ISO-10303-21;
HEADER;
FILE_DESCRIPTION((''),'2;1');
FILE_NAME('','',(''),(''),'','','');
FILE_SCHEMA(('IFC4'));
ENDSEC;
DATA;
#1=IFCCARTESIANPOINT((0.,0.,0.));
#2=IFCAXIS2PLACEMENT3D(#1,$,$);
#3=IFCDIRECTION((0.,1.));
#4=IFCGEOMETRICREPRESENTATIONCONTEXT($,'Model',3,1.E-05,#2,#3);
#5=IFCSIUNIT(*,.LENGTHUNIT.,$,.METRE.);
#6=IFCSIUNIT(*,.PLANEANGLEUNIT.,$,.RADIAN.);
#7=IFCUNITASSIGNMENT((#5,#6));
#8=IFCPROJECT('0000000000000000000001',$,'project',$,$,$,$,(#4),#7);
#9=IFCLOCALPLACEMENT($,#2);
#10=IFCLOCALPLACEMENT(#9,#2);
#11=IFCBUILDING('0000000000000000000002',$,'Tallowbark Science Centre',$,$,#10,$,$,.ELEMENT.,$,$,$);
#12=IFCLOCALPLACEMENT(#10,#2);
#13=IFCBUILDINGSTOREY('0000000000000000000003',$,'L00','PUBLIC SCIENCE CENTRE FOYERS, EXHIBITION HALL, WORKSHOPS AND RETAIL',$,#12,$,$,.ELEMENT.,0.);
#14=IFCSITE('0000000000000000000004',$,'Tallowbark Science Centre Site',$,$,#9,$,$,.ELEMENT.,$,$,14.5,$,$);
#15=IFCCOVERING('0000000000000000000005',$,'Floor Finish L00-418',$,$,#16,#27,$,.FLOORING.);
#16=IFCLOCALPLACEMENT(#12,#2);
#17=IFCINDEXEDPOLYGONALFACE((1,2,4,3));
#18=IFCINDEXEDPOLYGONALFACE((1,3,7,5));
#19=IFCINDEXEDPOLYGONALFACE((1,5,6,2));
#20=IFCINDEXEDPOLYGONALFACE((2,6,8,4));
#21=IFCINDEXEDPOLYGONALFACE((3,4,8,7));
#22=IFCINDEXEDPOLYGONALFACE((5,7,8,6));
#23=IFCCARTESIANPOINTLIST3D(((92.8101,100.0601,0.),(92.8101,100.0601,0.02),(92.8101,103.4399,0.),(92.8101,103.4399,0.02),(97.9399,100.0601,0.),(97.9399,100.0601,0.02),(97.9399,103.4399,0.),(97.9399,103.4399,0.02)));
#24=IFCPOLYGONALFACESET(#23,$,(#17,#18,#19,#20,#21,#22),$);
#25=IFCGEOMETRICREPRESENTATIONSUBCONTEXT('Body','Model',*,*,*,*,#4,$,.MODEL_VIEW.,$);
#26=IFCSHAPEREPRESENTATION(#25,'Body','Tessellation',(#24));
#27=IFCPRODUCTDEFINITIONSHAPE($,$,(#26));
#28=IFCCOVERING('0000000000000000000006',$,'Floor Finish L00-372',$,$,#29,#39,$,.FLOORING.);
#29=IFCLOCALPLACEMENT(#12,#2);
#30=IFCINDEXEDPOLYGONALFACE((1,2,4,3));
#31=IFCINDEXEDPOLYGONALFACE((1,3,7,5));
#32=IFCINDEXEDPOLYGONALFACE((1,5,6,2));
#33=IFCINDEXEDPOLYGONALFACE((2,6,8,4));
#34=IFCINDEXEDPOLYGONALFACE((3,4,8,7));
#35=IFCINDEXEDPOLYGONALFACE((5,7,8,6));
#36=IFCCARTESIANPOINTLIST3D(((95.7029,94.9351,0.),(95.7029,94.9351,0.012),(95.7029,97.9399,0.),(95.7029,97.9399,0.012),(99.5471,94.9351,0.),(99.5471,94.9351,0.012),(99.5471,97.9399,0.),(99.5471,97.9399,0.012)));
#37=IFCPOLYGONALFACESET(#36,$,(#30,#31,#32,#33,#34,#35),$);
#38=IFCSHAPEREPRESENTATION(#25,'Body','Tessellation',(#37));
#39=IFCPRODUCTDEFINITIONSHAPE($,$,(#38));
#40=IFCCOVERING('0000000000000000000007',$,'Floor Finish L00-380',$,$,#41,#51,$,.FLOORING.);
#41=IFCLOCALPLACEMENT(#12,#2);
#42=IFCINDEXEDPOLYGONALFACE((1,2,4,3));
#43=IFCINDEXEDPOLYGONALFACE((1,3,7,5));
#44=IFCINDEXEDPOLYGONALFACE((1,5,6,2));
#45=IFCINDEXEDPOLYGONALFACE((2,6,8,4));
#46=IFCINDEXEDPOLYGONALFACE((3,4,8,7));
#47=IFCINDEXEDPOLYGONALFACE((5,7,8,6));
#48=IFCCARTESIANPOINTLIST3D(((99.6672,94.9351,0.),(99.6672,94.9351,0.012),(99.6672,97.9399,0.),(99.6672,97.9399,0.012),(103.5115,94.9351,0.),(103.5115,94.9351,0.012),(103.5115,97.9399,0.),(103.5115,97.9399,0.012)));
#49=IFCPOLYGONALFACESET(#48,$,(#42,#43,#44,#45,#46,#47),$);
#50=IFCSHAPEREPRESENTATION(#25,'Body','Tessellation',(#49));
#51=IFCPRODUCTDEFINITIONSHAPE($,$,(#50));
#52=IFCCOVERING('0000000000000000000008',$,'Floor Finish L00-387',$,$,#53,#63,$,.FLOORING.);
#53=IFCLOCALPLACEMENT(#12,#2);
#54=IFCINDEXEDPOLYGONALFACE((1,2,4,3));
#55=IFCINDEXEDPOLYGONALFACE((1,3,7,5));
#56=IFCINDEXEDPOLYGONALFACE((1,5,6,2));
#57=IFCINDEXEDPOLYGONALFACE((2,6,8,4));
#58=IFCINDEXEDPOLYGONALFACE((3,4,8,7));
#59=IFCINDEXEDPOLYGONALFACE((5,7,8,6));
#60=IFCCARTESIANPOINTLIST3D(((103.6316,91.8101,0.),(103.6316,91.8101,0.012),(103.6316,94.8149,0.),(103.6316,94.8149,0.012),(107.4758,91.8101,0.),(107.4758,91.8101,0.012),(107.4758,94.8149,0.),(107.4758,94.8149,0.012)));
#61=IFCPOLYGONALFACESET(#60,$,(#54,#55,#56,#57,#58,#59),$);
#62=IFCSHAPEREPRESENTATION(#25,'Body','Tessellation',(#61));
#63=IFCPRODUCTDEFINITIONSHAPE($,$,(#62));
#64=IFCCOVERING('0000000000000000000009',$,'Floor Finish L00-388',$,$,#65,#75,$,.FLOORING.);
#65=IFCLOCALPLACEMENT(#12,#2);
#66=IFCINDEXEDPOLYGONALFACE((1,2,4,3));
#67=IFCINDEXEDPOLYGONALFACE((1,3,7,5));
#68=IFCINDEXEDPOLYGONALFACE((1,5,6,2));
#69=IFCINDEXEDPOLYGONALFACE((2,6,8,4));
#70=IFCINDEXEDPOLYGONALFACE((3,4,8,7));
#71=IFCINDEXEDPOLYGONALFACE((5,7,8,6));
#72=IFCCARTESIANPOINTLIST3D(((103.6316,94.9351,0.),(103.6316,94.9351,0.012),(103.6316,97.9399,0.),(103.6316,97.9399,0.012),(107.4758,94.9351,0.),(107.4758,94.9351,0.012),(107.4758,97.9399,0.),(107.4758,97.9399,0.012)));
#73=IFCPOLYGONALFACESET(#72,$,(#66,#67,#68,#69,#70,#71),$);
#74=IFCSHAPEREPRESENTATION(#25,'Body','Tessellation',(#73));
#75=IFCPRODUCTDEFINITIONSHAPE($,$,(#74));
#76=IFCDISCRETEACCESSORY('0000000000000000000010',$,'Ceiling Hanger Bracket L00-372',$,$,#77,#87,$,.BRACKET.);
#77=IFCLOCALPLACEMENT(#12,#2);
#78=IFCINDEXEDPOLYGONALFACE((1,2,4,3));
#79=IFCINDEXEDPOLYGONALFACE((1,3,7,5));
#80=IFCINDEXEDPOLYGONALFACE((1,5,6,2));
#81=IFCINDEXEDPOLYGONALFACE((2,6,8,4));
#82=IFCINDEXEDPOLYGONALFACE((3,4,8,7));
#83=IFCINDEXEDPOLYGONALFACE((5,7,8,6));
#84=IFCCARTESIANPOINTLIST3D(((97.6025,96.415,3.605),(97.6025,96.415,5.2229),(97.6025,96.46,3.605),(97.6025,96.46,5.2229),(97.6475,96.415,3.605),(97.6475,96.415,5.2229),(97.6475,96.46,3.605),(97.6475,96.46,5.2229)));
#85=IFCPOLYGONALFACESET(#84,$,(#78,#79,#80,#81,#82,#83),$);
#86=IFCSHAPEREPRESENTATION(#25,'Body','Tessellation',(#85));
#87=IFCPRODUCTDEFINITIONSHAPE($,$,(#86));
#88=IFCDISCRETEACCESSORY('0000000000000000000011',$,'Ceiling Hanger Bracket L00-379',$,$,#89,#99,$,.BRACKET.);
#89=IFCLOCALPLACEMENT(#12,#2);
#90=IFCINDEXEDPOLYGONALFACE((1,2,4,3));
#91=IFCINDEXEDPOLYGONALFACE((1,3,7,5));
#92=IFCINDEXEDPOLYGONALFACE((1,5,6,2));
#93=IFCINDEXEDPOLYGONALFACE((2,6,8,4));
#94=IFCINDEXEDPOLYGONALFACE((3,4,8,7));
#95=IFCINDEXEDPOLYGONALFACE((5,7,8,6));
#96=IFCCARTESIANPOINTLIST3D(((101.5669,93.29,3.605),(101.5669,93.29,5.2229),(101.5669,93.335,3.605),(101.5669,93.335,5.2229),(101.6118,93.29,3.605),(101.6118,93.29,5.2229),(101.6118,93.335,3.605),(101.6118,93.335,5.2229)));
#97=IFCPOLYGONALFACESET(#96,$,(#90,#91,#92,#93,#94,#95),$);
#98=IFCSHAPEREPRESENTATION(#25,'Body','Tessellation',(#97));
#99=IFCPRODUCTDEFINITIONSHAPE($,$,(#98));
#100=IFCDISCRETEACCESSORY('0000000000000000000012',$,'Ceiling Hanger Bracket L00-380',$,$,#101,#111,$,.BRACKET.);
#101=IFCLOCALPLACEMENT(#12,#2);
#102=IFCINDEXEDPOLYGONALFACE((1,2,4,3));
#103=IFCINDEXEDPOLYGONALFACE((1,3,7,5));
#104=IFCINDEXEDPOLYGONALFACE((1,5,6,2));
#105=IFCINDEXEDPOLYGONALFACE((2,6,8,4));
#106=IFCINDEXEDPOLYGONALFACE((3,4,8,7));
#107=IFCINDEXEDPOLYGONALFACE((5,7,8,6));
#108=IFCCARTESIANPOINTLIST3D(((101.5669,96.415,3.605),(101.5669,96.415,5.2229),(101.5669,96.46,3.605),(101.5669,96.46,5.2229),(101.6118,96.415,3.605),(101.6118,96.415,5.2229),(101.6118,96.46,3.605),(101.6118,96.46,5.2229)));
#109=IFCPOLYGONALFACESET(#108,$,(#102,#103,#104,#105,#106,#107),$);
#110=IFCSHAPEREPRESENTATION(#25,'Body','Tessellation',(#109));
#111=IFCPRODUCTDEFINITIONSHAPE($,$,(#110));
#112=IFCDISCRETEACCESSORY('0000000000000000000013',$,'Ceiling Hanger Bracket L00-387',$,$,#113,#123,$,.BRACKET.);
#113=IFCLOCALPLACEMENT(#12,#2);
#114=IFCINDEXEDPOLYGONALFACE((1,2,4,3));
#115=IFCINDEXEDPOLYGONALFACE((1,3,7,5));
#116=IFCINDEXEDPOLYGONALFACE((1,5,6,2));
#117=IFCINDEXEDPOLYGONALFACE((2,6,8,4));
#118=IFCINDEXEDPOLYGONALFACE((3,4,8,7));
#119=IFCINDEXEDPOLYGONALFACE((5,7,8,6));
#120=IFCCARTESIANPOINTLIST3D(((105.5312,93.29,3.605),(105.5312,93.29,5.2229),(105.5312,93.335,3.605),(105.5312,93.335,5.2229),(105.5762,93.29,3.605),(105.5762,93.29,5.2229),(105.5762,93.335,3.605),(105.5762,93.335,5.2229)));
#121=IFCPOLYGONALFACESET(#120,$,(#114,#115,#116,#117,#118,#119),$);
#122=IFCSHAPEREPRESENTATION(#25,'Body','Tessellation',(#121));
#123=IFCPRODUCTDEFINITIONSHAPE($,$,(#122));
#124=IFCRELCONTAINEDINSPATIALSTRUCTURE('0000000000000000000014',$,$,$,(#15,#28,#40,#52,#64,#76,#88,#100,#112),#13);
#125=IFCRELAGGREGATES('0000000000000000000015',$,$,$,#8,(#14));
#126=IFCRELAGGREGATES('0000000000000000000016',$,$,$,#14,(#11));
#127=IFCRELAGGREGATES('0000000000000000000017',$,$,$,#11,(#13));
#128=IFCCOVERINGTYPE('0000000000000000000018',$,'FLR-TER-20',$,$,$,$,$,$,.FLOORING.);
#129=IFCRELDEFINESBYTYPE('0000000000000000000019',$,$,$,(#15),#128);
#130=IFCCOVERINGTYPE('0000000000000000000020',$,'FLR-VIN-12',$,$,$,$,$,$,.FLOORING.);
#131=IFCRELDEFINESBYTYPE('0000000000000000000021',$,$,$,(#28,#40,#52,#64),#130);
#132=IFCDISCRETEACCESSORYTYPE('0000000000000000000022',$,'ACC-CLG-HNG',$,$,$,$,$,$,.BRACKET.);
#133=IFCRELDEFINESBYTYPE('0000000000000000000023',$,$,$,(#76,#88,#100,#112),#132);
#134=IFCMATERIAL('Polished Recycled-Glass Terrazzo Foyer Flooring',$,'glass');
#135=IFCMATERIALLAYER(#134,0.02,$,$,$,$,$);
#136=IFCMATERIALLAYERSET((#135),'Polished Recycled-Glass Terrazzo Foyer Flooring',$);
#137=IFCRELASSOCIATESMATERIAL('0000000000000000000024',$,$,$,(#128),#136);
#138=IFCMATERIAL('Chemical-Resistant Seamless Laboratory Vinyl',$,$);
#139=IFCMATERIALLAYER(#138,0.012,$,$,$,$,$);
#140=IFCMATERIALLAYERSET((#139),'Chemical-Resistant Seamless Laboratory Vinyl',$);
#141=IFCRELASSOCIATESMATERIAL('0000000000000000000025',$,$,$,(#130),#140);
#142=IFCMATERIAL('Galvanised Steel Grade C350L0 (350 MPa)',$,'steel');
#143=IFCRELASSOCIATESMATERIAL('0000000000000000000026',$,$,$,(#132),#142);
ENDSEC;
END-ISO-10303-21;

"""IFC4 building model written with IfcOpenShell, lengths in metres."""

from ifc_helpers import new_model, si_unit, direction, frame, origin, origin_2d, place, context, subcontext, project, spatial, rectangle, extrude, material, layer, layer_set, type_object, element, save


model = new_model("IFC4")

# Units and contexts
model_context = context("Model", 3, precision=1e-05, world=origin(), true_north=direction((0.0, 1.0)))
body_context = subcontext(model_context, "Body", "Model", "MODEL_VIEW")
ifc_project = project(units=[si_unit("LENGTHUNIT", "METRE"), si_unit("PLANEANGLEUNIT", "RADIAN")], contexts=[model_context])

# Site, building, storey
site_placement = place(None, origin())
site = spatial("IfcSite", under=ifc_project, at=site_placement, Name="Tallowbark Science Centre Site", CompositionType="ELEMENT", RefElevation=14.5)
building_placement = place(site_placement, origin())
building = spatial("IfcBuilding", under=site, at=building_placement, Name="Tallowbark Science Centre", CompositionType="ELEMENT")
storey_placement = place(building_placement, origin())
storey = spatial("IfcBuildingStorey", under=building, at=storey_placement, Name="L00", Description="PUBLIC SCIENCE CENTRE FOYERS, EXHIBITION HALL, WORKSHOPS AND RETAIL", CompositionType="ELEMENT", Elevation=0.0)

# Coverings
ifc_material_1 = material(Name="Polished Recycled-Glass Terrazzo Foyer Flooring", Category="glass")
ifc_layer_1 = layer(ifc_material_1, 0.02)
ifc_layer_set_1 = layer_set([ifc_layer_1], Name="Polished Recycled-Glass Terrazzo Foyer Flooring")
covering_type_1 = type_object("IfcCoveringType", Name="FLR-TER-20", PredefinedType="FLOORING", material=ifc_layer_set_1)
covering_placement = place(storey_placement, frame((95.375, 101.75, 0.0), z_axis=(0.0, 0.0, 1.0), x_axis=(1.0, 0.0, 0.0)))
element("IfcCovering", 1, at=covering_placement, inside=storey, type_object=covering_type_1, Name="Floor Finish L00-418", PredefinedType="FLOORING", context=body_context, shape_type="SweptSolid", body=[
    extrude(rectangle(XDim=5.1299, YDim=3.3799, at=origin_2d()), origin(), (0.0, 0.0, 1.0), 0.02),
])
ifc_material_2 = material(Name="Chemical-Resistant Seamless Laboratory Vinyl")
ifc_layer_2 = layer(ifc_material_2, 0.012)
ifc_layer_set_2 = layer_set([ifc_layer_2], Name="Chemical-Resistant Seamless Laboratory Vinyl")
covering_type_2 = type_object("IfcCoveringType", Name="FLR-VIN-12", PredefinedType="FLOORING", material=ifc_layer_set_2)
for number, where, z_axis, x_axis, name in (
    (2, (97.625, 96.4375, 0.0), (0.0, 0.0, 1.0), (1.0, 0.0, 0.0), "Floor Finish L00-372"),
    (3, (101.5894, 96.4375, 0.0), (0.0, 0.0, 1.0), (1.0, 0.0, 0.0), "Floor Finish L00-380"),
    (4, (105.5537, 93.3125, 0.0), (0.0, 0.0, 1.0), (1.0, 0.0, 0.0), "Floor Finish L00-387"),
    (5, (105.5537, 96.4375, 0.0), (0.0, 0.0, 1.0), (1.0, 0.0, 0.0), "Floor Finish L00-388"),
):
    element("IfcCovering", number, at=place(storey_placement, frame(where, z_axis=z_axis, x_axis=x_axis)), inside=storey, type_object=covering_type_2, Name=name, PredefinedType="FLOORING", context=body_context, shape_type="SweptSolid", body=[
        extrude(rectangle(XDim=3.8442, YDim=3.0049, at=origin_2d()), origin(), (0.0, 0.0, 1.0), 0.012),
    ])

# Discrete accessories
ifc_material_3 = material(Name="Galvanised Steel Grade C350L0 (350 MPa)", Category="steel")
discrete_accessory_type = type_object("IfcDiscreteAccessoryType", Name="ACC-CLG-HNG", PredefinedType="BRACKET", material=ifc_material_3)
for number, where, z_axis, x_axis, name in (
    (6, (97.625, 96.4375, 3.605), (0.0, 0.0, 1.0), (1.0, 0.0, 0.0), "Ceiling Hanger Bracket L00-372"),
    (7, (101.5894, 93.3125, 3.605), (0.0, 0.0, 1.0), (1.0, 0.0, 0.0), "Ceiling Hanger Bracket L00-379"),
    (8, (101.5894, 96.4375, 3.605), (0.0, 0.0, 1.0), (1.0, 0.0, 0.0), "Ceiling Hanger Bracket L00-380"),
    (9, (105.5537, 93.3125, 3.605), (0.0, 0.0, 1.0), (1.0, 0.0, 0.0), "Ceiling Hanger Bracket L00-387"),
):
    element("IfcDiscreteAccessory", number, at=place(storey_placement, frame(where, z_axis=z_axis, x_axis=x_axis)), inside=storey, type_object=discrete_accessory_type, Name=name, PredefinedType="BRACKET", context=body_context, shape_type="SweptSolid", body=[
        extrude(rectangle(XDim=0.0449, YDim=0.0449, at=origin_2d()), origin(), (0.0, 0.0, 1.0), 1.6179),
    ])

save(model, "model.ifc")
